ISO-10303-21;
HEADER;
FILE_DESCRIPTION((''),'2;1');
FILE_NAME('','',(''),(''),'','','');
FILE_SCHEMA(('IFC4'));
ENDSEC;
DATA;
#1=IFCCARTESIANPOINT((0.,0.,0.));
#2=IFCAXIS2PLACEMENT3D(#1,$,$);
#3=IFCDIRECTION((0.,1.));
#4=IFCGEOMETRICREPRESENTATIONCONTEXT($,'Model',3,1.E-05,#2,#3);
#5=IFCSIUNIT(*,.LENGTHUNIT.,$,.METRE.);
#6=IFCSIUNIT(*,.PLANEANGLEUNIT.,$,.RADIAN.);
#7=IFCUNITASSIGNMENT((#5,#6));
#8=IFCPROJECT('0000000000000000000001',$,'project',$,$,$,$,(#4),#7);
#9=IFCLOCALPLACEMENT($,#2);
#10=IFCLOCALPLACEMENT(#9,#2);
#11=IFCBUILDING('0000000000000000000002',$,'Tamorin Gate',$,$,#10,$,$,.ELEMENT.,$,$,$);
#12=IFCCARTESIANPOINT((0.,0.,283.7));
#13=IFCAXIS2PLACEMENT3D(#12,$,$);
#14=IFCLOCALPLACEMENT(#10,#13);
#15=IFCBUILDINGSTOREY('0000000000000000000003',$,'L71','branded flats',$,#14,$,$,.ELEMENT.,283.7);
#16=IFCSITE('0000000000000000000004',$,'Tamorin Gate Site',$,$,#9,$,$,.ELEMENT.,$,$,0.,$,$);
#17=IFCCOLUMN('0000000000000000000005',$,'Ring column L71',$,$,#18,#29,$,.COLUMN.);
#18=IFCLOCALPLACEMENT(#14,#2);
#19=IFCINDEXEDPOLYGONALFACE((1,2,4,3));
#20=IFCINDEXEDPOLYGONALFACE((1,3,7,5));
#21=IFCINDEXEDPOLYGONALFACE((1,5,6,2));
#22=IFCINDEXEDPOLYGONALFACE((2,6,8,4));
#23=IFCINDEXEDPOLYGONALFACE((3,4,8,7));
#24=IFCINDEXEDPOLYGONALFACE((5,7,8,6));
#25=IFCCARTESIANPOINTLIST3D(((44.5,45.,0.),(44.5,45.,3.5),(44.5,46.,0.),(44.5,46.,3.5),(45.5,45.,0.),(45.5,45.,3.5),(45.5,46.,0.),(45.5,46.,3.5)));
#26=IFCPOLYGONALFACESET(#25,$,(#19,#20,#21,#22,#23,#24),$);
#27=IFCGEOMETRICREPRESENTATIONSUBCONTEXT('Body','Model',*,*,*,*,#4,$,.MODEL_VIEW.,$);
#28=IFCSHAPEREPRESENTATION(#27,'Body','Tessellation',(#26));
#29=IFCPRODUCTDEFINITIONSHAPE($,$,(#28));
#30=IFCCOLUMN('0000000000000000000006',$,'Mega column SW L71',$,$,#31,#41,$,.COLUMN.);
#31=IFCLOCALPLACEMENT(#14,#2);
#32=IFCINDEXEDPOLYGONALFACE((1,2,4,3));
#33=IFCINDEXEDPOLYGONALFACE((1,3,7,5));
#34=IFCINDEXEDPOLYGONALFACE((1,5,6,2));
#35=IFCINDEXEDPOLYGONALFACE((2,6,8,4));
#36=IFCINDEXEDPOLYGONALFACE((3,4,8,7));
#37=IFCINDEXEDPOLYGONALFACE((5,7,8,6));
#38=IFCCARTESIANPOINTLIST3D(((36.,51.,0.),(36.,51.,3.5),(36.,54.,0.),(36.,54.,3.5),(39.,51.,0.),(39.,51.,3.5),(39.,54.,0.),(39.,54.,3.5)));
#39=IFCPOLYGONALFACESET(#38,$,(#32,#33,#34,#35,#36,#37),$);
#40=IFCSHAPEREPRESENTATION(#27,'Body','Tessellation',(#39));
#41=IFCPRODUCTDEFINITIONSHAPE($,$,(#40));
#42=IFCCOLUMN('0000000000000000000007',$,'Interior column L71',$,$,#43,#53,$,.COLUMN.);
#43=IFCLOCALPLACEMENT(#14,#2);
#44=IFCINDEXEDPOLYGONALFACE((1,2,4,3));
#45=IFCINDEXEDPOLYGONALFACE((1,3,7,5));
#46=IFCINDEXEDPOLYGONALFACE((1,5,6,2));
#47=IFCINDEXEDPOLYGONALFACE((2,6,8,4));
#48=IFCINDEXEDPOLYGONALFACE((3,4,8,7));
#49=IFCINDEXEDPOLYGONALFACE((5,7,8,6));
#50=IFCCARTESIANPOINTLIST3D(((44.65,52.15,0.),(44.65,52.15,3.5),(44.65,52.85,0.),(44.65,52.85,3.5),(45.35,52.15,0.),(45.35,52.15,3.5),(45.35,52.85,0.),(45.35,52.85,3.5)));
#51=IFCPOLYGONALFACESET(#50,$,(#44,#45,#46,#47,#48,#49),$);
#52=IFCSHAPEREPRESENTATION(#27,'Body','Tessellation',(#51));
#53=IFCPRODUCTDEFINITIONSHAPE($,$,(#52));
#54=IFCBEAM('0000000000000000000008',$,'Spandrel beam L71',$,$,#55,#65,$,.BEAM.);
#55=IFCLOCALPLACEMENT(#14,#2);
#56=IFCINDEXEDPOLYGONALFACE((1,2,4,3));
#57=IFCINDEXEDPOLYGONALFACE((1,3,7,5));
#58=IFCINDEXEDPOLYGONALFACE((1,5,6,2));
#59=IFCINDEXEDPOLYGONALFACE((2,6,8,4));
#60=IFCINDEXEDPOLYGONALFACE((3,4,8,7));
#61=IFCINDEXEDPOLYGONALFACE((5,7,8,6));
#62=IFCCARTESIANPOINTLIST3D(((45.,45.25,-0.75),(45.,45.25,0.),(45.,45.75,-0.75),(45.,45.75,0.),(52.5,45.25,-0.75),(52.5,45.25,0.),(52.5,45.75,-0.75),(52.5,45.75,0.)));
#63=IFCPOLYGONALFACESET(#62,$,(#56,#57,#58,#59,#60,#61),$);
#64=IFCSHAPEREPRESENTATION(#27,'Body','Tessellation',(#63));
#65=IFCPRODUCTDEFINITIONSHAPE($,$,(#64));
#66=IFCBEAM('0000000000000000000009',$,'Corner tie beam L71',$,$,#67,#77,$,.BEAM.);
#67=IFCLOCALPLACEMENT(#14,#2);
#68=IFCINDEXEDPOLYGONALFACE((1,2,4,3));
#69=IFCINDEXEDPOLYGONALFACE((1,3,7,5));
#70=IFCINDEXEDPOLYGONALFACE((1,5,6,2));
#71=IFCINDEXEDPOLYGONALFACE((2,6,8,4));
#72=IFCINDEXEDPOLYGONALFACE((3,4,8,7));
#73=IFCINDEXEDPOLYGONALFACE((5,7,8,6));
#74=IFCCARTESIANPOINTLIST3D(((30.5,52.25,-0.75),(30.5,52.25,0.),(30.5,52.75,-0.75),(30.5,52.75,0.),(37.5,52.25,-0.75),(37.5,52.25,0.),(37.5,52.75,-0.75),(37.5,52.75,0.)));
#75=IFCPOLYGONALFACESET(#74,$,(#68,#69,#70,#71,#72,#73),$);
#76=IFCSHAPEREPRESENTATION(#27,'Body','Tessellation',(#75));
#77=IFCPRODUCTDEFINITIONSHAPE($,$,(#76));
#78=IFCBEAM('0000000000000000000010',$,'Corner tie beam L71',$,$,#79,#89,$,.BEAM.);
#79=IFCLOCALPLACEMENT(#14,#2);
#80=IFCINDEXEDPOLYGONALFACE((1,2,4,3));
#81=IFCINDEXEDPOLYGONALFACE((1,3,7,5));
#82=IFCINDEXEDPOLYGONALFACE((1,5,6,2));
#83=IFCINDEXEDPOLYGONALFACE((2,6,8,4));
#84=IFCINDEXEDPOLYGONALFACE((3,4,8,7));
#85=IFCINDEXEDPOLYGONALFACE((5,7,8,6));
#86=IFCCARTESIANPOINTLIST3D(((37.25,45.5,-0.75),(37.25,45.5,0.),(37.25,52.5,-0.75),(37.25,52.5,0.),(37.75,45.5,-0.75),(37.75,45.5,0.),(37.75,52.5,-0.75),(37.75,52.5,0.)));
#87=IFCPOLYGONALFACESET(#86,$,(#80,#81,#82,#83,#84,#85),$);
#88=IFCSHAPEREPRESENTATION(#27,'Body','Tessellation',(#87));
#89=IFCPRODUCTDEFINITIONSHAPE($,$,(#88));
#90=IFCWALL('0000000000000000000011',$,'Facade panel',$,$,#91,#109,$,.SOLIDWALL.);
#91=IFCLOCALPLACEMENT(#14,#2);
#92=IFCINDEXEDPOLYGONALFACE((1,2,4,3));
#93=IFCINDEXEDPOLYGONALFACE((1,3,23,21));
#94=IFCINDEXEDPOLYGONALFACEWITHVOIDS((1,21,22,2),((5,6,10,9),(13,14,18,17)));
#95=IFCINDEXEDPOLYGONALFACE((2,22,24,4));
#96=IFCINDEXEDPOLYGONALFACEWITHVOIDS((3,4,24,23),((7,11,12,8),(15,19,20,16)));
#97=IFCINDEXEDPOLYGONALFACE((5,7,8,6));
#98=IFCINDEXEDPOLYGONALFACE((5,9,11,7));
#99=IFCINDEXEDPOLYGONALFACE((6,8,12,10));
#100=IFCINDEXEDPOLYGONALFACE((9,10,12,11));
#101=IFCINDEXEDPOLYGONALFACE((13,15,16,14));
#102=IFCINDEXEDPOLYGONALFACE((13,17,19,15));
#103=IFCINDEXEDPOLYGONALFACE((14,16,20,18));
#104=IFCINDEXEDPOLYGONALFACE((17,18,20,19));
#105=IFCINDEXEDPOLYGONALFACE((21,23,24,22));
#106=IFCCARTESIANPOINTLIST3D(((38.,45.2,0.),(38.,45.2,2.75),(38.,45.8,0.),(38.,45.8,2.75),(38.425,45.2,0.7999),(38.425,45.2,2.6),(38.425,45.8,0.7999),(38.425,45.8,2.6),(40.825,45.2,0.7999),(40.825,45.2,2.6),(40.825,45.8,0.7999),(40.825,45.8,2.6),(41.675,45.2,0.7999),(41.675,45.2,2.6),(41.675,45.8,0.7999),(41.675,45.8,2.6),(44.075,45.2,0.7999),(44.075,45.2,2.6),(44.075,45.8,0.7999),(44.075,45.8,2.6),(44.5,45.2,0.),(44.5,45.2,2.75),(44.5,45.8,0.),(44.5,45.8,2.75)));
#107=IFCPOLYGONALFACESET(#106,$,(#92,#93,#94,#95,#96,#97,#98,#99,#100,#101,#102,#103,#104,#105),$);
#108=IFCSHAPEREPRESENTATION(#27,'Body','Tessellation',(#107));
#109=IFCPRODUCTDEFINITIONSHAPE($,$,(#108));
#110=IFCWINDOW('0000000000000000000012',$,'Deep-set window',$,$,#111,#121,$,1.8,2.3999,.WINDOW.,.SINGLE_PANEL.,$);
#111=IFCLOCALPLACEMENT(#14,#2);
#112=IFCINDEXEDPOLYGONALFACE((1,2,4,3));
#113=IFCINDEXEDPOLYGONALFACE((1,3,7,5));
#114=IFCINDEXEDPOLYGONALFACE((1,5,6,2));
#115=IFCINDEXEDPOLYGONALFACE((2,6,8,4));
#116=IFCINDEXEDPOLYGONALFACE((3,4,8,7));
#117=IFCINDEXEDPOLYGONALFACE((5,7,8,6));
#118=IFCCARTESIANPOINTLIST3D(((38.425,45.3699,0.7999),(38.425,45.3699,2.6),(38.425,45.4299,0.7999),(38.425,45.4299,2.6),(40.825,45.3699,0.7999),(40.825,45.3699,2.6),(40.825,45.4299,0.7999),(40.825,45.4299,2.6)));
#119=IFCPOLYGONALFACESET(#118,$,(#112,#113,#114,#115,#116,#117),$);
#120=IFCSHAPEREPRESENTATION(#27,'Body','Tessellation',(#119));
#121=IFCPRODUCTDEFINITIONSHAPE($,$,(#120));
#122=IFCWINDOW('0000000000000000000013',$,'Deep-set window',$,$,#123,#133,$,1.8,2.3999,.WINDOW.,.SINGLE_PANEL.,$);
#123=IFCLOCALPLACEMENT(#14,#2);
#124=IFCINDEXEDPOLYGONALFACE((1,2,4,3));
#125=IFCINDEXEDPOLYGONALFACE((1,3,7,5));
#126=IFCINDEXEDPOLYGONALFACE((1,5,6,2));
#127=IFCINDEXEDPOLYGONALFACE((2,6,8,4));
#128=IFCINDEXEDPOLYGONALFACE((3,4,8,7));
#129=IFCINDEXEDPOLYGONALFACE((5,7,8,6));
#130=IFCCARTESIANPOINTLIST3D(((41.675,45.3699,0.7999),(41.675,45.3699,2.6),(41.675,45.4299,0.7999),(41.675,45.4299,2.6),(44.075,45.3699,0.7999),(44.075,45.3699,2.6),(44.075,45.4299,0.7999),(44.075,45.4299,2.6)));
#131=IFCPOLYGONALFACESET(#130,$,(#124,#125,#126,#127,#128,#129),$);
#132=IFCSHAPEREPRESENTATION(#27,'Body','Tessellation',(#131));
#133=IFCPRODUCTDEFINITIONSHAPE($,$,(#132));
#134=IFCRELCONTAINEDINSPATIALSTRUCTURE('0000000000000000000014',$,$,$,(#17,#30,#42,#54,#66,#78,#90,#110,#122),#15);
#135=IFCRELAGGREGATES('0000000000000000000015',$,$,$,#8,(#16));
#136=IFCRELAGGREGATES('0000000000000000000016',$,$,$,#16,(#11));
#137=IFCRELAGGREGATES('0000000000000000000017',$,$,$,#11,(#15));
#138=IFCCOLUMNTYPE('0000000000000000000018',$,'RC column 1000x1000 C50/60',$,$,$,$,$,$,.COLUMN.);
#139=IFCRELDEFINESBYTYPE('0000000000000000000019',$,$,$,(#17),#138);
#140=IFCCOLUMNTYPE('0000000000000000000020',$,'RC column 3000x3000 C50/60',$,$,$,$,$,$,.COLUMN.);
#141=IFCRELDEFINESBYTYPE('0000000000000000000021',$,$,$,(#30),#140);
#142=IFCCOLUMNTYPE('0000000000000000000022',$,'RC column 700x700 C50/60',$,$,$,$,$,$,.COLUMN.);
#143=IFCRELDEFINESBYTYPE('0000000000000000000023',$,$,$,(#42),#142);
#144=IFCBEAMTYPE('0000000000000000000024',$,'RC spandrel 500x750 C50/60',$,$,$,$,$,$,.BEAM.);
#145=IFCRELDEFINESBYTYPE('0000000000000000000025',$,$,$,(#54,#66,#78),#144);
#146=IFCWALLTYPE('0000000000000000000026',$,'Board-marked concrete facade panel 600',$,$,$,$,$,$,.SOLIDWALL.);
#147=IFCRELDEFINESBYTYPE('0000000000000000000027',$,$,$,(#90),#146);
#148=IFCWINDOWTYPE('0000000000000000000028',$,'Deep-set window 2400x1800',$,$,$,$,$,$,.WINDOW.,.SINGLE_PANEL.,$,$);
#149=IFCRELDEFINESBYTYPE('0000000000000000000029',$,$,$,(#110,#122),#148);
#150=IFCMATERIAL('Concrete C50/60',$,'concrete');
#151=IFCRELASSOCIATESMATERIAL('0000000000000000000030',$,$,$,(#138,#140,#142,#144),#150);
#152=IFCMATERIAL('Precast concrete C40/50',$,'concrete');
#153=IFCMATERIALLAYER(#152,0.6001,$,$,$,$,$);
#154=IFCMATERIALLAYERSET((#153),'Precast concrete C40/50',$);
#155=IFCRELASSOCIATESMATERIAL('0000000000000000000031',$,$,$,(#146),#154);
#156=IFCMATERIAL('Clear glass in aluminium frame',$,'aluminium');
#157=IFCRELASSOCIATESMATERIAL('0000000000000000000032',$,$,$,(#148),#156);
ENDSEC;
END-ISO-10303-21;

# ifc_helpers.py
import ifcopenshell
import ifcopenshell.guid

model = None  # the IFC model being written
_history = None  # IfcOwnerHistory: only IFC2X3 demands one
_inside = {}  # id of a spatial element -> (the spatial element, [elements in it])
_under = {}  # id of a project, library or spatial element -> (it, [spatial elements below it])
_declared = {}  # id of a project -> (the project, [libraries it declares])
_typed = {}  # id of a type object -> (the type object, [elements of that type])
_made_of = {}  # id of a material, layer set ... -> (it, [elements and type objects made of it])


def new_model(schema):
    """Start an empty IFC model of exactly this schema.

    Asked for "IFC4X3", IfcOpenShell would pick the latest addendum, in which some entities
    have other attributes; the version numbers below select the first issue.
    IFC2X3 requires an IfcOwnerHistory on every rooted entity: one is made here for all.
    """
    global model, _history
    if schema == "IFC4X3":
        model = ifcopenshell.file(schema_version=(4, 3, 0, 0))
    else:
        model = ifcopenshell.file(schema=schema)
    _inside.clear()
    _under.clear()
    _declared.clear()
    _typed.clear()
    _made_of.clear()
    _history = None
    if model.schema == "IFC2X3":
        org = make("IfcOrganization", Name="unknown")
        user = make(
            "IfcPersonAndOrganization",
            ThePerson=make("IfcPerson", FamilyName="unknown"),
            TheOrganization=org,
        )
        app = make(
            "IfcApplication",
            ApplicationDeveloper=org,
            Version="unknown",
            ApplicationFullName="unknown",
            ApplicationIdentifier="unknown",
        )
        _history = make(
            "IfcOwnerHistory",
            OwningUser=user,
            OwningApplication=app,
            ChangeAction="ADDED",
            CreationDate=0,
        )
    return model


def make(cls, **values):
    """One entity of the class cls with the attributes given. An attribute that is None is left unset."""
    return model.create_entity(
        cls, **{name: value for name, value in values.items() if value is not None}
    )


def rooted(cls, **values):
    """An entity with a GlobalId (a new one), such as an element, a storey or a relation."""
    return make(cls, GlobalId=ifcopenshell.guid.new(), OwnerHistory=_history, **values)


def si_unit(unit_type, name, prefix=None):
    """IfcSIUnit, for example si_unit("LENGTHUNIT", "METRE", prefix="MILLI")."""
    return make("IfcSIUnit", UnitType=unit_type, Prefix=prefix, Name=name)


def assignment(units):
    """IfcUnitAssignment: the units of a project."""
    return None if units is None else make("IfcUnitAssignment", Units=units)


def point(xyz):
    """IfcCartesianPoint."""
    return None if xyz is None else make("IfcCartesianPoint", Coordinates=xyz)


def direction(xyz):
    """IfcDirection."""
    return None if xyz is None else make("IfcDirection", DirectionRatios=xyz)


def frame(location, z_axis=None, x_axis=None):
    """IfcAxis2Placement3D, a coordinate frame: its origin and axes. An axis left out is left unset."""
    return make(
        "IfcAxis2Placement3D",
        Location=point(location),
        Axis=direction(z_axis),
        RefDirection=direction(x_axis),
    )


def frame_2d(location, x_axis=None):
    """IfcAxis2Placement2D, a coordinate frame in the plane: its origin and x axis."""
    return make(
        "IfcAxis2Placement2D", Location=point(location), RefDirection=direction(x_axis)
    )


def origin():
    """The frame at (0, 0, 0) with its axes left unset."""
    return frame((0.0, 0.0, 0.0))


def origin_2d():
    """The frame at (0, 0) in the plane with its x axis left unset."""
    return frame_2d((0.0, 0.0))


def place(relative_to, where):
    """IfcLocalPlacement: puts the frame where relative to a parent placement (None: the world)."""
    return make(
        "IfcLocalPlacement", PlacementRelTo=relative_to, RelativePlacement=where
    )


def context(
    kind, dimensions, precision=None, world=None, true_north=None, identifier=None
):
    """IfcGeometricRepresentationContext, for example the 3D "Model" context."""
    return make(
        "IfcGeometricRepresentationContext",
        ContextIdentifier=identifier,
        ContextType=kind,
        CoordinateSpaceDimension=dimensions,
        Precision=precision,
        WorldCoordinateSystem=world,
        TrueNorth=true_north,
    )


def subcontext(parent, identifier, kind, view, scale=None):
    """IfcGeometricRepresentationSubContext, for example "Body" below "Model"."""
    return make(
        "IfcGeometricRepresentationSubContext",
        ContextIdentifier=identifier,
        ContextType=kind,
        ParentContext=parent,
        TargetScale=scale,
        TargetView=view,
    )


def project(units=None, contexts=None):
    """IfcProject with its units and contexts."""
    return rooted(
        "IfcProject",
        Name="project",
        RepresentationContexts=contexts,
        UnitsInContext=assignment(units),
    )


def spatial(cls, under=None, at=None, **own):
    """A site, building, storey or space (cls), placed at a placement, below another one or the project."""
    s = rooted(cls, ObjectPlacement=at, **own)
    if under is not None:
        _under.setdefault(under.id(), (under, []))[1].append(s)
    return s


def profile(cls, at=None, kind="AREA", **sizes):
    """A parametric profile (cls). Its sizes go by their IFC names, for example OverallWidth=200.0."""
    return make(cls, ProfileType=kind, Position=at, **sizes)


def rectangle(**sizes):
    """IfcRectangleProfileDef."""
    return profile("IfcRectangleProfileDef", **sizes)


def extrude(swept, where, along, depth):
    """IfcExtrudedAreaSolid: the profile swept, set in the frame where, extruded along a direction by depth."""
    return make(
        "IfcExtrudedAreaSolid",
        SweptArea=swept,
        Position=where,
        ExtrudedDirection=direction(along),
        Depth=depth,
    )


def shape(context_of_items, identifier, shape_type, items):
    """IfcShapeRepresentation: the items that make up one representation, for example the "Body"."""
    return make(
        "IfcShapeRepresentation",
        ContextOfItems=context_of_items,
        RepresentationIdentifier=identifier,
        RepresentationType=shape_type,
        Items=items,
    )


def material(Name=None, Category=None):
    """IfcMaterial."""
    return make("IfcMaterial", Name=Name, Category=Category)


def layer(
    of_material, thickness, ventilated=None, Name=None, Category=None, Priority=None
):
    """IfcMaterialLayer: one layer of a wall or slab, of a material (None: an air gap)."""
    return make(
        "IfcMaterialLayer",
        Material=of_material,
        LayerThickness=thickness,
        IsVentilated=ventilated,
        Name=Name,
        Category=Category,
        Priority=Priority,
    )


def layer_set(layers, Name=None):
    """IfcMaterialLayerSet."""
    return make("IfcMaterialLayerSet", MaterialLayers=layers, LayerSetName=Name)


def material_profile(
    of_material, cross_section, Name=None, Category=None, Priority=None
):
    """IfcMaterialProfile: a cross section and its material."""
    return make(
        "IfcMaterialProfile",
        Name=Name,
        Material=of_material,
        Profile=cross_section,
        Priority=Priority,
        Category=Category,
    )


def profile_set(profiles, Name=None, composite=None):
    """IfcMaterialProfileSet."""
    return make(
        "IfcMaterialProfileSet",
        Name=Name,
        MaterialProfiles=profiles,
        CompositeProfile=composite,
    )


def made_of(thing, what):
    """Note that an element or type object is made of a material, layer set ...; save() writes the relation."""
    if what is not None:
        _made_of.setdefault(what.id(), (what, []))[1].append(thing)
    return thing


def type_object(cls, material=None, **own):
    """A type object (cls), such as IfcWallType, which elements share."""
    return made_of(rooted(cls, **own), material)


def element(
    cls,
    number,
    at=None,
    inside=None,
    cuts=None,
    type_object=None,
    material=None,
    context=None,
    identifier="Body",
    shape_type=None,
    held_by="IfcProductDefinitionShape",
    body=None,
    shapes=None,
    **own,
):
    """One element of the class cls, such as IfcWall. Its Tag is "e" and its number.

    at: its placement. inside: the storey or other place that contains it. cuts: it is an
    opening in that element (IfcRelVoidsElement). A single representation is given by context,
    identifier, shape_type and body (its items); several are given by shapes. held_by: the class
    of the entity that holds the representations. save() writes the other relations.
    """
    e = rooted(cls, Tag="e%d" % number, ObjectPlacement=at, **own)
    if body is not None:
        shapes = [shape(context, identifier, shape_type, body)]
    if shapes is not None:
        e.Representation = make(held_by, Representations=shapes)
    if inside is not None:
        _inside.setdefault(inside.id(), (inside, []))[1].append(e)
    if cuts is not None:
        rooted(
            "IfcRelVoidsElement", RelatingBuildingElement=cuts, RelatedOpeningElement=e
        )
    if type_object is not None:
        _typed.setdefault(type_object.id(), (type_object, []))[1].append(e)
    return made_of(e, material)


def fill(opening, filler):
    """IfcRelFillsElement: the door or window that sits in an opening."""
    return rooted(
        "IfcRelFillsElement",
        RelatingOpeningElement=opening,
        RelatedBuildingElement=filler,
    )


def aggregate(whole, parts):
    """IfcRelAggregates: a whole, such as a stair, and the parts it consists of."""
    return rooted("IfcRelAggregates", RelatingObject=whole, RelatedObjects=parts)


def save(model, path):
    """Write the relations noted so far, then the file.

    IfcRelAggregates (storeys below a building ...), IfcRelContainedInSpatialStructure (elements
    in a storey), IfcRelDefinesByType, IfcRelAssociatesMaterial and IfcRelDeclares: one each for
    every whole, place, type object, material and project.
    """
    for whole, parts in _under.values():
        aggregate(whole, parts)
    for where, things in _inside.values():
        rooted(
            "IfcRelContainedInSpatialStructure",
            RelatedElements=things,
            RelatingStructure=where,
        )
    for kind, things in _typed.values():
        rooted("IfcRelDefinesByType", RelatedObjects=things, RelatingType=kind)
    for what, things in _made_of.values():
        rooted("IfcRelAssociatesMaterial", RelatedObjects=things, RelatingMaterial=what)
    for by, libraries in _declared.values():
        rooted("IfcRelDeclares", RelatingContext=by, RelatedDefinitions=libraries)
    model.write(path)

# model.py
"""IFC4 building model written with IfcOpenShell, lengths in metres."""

from ifc_helpers import new_model, si_unit, direction, frame, frame_2d, origin, origin_2d, place, context, subcontext, project, spatial, rectangle, extrude, material, layer, layer_set, material_profile, profile_set, type_object, element, fill, save


model = new_model("IFC4")

# Units and contexts
model_context = context("Model", 3, precision=1e-05, world=origin(), true_north=direction((0.0, 1.0)))
body_context = subcontext(model_context, "Body", "Model", "MODEL_VIEW")
ifc_project = project(units=[si_unit("LENGTHUNIT", "METRE"), si_unit("PLANEANGLEUNIT", "RADIAN")], contexts=[model_context])

# Site, building, storey
site_placement = place(None, origin())
site = spatial("IfcSite", under=ifc_project, at=site_placement, Name="Tamorin Gate Site", CompositionType="ELEMENT", RefElevation=0.0)
building_placement = place(site_placement, origin())
building = spatial("IfcBuilding", under=site, at=building_placement, Name="Tamorin Gate", CompositionType="ELEMENT")
storey_placement = place(building_placement, frame((0.0, 0.0, 283.7)))
storey = spatial("IfcBuildingStorey", under=building, at=storey_placement, Name="L71", Description="branded flats", CompositionType="ELEMENT", Elevation=283.7)

# Columns
ifc_material_1 = material(Name="Concrete C50/60", Category="concrete")
ifc_material_profile_1 = material_profile(ifc_material_1, rectangle(XDim=1.0, YDim=1.0, at=origin_2d()), Name="RC 1000x1000")
ifc_profile_set_1 = profile_set([ifc_material_profile_1], Name="Concrete C50/60")
column_type_1 = type_object("IfcColumnType", Name="RC column 1000x1000 C50/60", PredefinedType="COLUMN", material=ifc_profile_set_1)
column_1_placement = place(storey_placement, frame((45.0, 45.5, 0.0), z_axis=(0.0, 0.0, 1.0), x_axis=(1.0, 0.0, 0.0)))
element("IfcColumn", 1, at=column_1_placement, inside=storey, type_object=column_type_1, Name="Ring column L71", PredefinedType="COLUMN", context=body_context, shape_type="SweptSolid", body=[
    extrude(rectangle(XDim=1.0, YDim=1.0, at=origin_2d()), origin(), (0.0, 0.0, 1.0), 3.5),
])
ifc_material_profile_2 = material_profile(ifc_material_1, rectangle(XDim=3.0, YDim=3.0, at=origin_2d()), Name="RC 3000x3000")
ifc_profile_set_2 = profile_set([ifc_material_profile_2], Name="Concrete C50/60")
column_type_2 = type_object("IfcColumnType", Name="RC column 3000x3000 C50/60", PredefinedType="COLUMN", material=ifc_profile_set_2)
column_2_placement = place(storey_placement, frame((37.5, 52.5, 0.0), z_axis=(0.0, 0.0, 1.0), x_axis=(1.0, 0.0, 0.0)))
element("IfcColumn", 2, at=column_2_placement, inside=storey, type_object=column_type_2, Name="Mega column SW L71", PredefinedType="COLUMN", context=body_context, shape_type="SweptSolid", body=[
    extrude(rectangle(XDim=3.0, YDim=3.0, at=origin_2d()), origin(), (0.0, 0.0, 1.0), 3.5),
])
ifc_material_profile_3 = material_profile(ifc_material_1, rectangle(XDim=0.7, YDim=0.7, at=origin_2d()), Name="RC 700x700")
ifc_profile_set_3 = profile_set([ifc_material_profile_3], Name="Concrete C50/60")
column_type_3 = type_object("IfcColumnType", Name="RC column 700x700 C50/60", PredefinedType="COLUMN", material=ifc_profile_set_3)
column_3_placement = place(storey_placement, frame((45.0, 52.5, 0.0), z_axis=(0.0, 0.0, 1.0), x_axis=(1.0, 0.0, 0.0)))
element("IfcColumn", 3, at=column_3_placement, inside=storey, type_object=column_type_3, Name="Interior column L71", PredefinedType="COLUMN", context=body_context, shape_type="SweptSolid", body=[
    extrude(rectangle(XDim=0.7, YDim=0.7, at=origin_2d()), origin(), (0.0, 0.0, 1.0), 3.5),
])

# Beams
ifc_material_profile_4 = material_profile(ifc_material_1, rectangle(XDim=0.5, YDim=0.75, at=origin_2d()), Name="RC 500x750")
ifc_profile_set_4 = profile_set([ifc_material_profile_4], Name="Concrete C50/60")
beam_type = type_object("IfcBeamType", Name="RC spandrel 500x750 C50/60", PredefinedType="BEAM", material=ifc_profile_set_4)
beam_placement = place(storey_placement, frame((45.0, 45.5, -0.375), z_axis=(1.0, 0.0, 0.0), x_axis=(0.0, 1.0, 0.0)))
element("IfcBeam", 4, at=beam_placement, inside=storey, type_object=beam_type, Name="Spandrel beam L71", PredefinedType="BEAM", context=body_context, shape_type="SweptSolid", body=[
    extrude(rectangle(XDim=0.5, YDim=0.75, at=origin_2d()), origin(), (0.0, 0.0, 1.0), 7.5),
])
for number, where, z_axis, x_axis, name in (
    (5, (37.5, 52.5, -0.375), (-1.0, 0.0, 0.0), (0.0, -1.0, 0.0), "Corner tie beam L71"),
    (6, (37.5, 52.5, -0.375), (0.0, -1.0, 0.0), (1.0, 0.0, 0.0), "Corner tie beam L71"),
):
    element("IfcBeam", number, at=place(storey_placement, frame(where, z_axis=z_axis, x_axis=x_axis)), inside=storey, type_object=beam_type, Name=name, PredefinedType="BEAM", context=body_context, shape_type="SweptSolid", body=[
        extrude(rectangle(XDim=0.5, YDim=0.75, at=origin_2d()), origin(), (0.0, 0.0, 1.0), 7.0),
    ])

# Wall, openings, windows
ifc_material_2 = material(Name="Precast concrete C40/50", Category="concrete")
ifc_layer_1 = layer(ifc_material_2, 0.6001)
ifc_layer_set_1 = layer_set([ifc_layer_1], Name="Precast concrete C40/50")
wall_type_1 = type_object("IfcWallType", Name="Board-marked concrete facade panel 600", PredefinedType="SOLIDWALL", material=ifc_layer_set_1)
wall_1_placement = place(storey_placement, frame((38.0, 45.5, 0.0), z_axis=(0.0, 0.0, 1.0), x_axis=(1.0, 0.0, 0.0)))
wall_1 = element("IfcWall", 7, at=wall_1_placement, inside=storey, type_object=wall_type_1, Name="Facade panel", PredefinedType="SOLIDWALL", context=body_context, shape_type="SweptSolid", body=[
    extrude(rectangle(XDim=6.5, YDim=0.6001, at=frame_2d((3.25, 0.0))), origin(), (0.0, 0.0, 1.0), 2.75),
])
opening_1_placement = place(wall_1_placement, frame((0.425, 0.0, 0.8)))
opening_1 = element("IfcOpeningElement", 8, at=opening_1_placement, cuts=wall_1, PredefinedType="OPENING", context=body_context, shape_type="SweptSolid", body=[
    extrude(rectangle(XDim=2.3999, YDim=1.8, at=frame_2d((1.2, 0.8999))), frame((0.0, 0.3101, 0.0), z_axis=(0.0, -1.0, 0.0), x_axis=(1.0, 0.0, 0.0)), (0.0, 0.0, 1.0), 0.6201),
])
opening_2_placement = place(wall_1_placement, frame((3.675, 0.0, 0.8)))
opening_2 = element("IfcOpeningElement", 9, at=opening_2_placement, cuts=wall_1, PredefinedType="OPENING", context=body_context, shape_type="SweptSolid", body=[
    extrude(rectangle(XDim=2.3999, YDim=1.8, at=frame_2d((1.2, 0.8999))), frame((0.0, 0.3101, 0.0), z_axis=(0.0, -1.0, 0.0), x_axis=(1.0, 0.0, 0.0)), (0.0, 0.0, 1.0), 0.6201),
])
ifc_material_3 = material(Name="Clear glass in aluminium frame", Category="aluminium")
window_type = type_object("IfcWindowType", Name="Deep-set window 2400x1800", PartitioningType="SINGLE_PANEL", PredefinedType="WINDOW", material=ifc_material_3)
window_1_placement = place(opening_1_placement, origin())
window_1 = element("IfcWindow", 10, at=window_1_placement, inside=storey, type_object=window_type, Name="Deep-set window", OverallHeight=1.8, OverallWidth=2.3999, PartitioningType="SINGLE_PANEL", PredefinedType="WINDOW", context=body_context, shape_type="SweptSolid", body=[
    extrude(rectangle(XDim=2.3999, YDim=1.8, at=frame_2d((1.2, 0.8999))), frame((0.0, -0.0701, 0.0), z_axis=(0.0, -1.0, 0.0), x_axis=(1.0, 0.0, 0.0)), (0.0, 0.0, 1.0), 0.0601),
])
fill(opening_1, window_1)
window_2_placement = place(opening_2_placement, origin())
window_2 = element("IfcWindow", 11, at=window_2_placement, inside=storey, type_object=window_type, Name="Deep-set window", OverallHeight=1.8, OverallWidth=2.3999, PartitioningType="SINGLE_PANEL", PredefinedType="WINDOW", context=body_context, shape_type="SweptSolid", body=[
    extrude(rectangle(XDim=2.3999, YDim=1.8, at=frame_2d((1.2, 0.8999))), frame((0.0, -0.0701, 0.0), z_axis=(0.0, -1.0, 0.0), x_axis=(1.0, 0.0, 0.0)), (0.0, 0.0, 1.0), 0.0601),
])
fill(opening_2, window_2)

save(model, "model.ifc")
